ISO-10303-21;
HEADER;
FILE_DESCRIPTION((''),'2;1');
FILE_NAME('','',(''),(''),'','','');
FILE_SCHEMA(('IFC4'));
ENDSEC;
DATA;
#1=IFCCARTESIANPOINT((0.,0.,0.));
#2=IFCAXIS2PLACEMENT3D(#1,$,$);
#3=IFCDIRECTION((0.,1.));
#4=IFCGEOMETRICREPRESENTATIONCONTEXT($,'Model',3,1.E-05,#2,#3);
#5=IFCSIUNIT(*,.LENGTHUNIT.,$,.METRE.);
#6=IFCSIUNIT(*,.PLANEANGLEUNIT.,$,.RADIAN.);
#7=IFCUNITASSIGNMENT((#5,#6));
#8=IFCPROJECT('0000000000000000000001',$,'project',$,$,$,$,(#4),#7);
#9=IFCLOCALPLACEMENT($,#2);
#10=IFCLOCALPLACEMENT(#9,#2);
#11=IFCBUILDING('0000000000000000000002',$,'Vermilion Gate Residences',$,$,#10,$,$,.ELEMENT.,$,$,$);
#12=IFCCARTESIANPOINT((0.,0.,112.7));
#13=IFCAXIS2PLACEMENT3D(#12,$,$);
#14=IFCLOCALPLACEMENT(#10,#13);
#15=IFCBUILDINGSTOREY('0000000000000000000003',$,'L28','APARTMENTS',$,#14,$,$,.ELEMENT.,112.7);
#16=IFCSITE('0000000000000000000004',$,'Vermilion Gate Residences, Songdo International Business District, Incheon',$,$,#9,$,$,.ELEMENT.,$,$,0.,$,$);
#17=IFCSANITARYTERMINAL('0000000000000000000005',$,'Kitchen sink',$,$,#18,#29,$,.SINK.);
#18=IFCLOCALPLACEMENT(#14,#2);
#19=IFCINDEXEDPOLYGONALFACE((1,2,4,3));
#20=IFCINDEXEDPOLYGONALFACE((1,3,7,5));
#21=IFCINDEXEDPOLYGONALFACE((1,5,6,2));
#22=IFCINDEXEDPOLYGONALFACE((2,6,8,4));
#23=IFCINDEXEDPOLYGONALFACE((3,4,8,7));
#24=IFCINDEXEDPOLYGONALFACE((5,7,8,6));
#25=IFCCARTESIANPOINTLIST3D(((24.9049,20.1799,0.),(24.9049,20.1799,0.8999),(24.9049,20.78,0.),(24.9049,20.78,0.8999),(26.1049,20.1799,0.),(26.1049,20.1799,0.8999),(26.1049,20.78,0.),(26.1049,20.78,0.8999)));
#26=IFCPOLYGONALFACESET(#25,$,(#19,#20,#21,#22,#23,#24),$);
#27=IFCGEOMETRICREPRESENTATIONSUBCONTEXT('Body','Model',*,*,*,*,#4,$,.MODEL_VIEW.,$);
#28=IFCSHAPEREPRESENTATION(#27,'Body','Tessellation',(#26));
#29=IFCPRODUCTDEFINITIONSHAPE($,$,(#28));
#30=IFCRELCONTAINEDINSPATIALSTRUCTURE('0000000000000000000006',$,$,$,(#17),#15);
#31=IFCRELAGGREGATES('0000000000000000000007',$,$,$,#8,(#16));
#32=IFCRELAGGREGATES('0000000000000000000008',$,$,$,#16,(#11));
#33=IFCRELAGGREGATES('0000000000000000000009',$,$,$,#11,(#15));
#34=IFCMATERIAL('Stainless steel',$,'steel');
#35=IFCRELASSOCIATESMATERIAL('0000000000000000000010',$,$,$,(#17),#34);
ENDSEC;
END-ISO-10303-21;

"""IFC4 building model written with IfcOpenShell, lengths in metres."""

from ifc_helpers import new_model, si_unit, direction, frame, origin, origin_2d, place, context, subcontext, project, spatial, rectangle, extrude, material, element, save


model = new_model("IFC4")

# Units and contexts
model_context = context("Model", 3, precision=1e-05, world=origin(), true_north=direction((0.0, 1.0)))
body_context = subcontext(model_context, "Body", "Model", "MODEL_VIEW")
ifc_project = project(units=[si_unit("LENGTHUNIT", "METRE"), si_unit("PLANEANGLEUNIT", "RADIAN")], contexts=[model_context])

# Site, building, storey
site_placement = place(None, origin())
site = spatial("IfcSite", under=ifc_project, at=site_placement, Name="Vermilion Gate Residences, Songdo International Business District, Incheon", CompositionType="ELEMENT", RefElevation=0.0)
building_placement = place(site_placement, origin())
building = spatial("IfcBuilding", under=site, at=building_placement, Name="Vermilion Gate Residences", CompositionType="ELEMENT")
storey_placement = place(building_placement, frame((0.0, 0.0, 112.7)))
storey = spatial("IfcBuildingStorey", under=building, at=storey_placement, Name="L28", Description="APARTMENTS", CompositionType="ELEMENT", Elevation=112.7)

# Sanitary terminal
ifc_material_1 = material(Name="Stainless steel", Category="steel")
sanitary_terminal_1_placement = place(storey_placement, frame((25.5049, 20.48, 0.0), z_axis=(0.0, 0.0, 1.0), x_axis=(1.0, 0.0, 0.0)))
element("IfcSanitaryTerminal", 1, at=sanitary_terminal_1_placement, inside=storey, material=ifc_material_1, Name="Kitchen sink", PredefinedType="SINK", context=body_context, shape_type="SweptSolid", body=[
    extrude(rectangle(XDim=1.2, YDim=0.6001, at=origin_2d()), origin(), (0.0, 0.0, 1.0), 0.8999),
])

save(model, "model.ifc")
